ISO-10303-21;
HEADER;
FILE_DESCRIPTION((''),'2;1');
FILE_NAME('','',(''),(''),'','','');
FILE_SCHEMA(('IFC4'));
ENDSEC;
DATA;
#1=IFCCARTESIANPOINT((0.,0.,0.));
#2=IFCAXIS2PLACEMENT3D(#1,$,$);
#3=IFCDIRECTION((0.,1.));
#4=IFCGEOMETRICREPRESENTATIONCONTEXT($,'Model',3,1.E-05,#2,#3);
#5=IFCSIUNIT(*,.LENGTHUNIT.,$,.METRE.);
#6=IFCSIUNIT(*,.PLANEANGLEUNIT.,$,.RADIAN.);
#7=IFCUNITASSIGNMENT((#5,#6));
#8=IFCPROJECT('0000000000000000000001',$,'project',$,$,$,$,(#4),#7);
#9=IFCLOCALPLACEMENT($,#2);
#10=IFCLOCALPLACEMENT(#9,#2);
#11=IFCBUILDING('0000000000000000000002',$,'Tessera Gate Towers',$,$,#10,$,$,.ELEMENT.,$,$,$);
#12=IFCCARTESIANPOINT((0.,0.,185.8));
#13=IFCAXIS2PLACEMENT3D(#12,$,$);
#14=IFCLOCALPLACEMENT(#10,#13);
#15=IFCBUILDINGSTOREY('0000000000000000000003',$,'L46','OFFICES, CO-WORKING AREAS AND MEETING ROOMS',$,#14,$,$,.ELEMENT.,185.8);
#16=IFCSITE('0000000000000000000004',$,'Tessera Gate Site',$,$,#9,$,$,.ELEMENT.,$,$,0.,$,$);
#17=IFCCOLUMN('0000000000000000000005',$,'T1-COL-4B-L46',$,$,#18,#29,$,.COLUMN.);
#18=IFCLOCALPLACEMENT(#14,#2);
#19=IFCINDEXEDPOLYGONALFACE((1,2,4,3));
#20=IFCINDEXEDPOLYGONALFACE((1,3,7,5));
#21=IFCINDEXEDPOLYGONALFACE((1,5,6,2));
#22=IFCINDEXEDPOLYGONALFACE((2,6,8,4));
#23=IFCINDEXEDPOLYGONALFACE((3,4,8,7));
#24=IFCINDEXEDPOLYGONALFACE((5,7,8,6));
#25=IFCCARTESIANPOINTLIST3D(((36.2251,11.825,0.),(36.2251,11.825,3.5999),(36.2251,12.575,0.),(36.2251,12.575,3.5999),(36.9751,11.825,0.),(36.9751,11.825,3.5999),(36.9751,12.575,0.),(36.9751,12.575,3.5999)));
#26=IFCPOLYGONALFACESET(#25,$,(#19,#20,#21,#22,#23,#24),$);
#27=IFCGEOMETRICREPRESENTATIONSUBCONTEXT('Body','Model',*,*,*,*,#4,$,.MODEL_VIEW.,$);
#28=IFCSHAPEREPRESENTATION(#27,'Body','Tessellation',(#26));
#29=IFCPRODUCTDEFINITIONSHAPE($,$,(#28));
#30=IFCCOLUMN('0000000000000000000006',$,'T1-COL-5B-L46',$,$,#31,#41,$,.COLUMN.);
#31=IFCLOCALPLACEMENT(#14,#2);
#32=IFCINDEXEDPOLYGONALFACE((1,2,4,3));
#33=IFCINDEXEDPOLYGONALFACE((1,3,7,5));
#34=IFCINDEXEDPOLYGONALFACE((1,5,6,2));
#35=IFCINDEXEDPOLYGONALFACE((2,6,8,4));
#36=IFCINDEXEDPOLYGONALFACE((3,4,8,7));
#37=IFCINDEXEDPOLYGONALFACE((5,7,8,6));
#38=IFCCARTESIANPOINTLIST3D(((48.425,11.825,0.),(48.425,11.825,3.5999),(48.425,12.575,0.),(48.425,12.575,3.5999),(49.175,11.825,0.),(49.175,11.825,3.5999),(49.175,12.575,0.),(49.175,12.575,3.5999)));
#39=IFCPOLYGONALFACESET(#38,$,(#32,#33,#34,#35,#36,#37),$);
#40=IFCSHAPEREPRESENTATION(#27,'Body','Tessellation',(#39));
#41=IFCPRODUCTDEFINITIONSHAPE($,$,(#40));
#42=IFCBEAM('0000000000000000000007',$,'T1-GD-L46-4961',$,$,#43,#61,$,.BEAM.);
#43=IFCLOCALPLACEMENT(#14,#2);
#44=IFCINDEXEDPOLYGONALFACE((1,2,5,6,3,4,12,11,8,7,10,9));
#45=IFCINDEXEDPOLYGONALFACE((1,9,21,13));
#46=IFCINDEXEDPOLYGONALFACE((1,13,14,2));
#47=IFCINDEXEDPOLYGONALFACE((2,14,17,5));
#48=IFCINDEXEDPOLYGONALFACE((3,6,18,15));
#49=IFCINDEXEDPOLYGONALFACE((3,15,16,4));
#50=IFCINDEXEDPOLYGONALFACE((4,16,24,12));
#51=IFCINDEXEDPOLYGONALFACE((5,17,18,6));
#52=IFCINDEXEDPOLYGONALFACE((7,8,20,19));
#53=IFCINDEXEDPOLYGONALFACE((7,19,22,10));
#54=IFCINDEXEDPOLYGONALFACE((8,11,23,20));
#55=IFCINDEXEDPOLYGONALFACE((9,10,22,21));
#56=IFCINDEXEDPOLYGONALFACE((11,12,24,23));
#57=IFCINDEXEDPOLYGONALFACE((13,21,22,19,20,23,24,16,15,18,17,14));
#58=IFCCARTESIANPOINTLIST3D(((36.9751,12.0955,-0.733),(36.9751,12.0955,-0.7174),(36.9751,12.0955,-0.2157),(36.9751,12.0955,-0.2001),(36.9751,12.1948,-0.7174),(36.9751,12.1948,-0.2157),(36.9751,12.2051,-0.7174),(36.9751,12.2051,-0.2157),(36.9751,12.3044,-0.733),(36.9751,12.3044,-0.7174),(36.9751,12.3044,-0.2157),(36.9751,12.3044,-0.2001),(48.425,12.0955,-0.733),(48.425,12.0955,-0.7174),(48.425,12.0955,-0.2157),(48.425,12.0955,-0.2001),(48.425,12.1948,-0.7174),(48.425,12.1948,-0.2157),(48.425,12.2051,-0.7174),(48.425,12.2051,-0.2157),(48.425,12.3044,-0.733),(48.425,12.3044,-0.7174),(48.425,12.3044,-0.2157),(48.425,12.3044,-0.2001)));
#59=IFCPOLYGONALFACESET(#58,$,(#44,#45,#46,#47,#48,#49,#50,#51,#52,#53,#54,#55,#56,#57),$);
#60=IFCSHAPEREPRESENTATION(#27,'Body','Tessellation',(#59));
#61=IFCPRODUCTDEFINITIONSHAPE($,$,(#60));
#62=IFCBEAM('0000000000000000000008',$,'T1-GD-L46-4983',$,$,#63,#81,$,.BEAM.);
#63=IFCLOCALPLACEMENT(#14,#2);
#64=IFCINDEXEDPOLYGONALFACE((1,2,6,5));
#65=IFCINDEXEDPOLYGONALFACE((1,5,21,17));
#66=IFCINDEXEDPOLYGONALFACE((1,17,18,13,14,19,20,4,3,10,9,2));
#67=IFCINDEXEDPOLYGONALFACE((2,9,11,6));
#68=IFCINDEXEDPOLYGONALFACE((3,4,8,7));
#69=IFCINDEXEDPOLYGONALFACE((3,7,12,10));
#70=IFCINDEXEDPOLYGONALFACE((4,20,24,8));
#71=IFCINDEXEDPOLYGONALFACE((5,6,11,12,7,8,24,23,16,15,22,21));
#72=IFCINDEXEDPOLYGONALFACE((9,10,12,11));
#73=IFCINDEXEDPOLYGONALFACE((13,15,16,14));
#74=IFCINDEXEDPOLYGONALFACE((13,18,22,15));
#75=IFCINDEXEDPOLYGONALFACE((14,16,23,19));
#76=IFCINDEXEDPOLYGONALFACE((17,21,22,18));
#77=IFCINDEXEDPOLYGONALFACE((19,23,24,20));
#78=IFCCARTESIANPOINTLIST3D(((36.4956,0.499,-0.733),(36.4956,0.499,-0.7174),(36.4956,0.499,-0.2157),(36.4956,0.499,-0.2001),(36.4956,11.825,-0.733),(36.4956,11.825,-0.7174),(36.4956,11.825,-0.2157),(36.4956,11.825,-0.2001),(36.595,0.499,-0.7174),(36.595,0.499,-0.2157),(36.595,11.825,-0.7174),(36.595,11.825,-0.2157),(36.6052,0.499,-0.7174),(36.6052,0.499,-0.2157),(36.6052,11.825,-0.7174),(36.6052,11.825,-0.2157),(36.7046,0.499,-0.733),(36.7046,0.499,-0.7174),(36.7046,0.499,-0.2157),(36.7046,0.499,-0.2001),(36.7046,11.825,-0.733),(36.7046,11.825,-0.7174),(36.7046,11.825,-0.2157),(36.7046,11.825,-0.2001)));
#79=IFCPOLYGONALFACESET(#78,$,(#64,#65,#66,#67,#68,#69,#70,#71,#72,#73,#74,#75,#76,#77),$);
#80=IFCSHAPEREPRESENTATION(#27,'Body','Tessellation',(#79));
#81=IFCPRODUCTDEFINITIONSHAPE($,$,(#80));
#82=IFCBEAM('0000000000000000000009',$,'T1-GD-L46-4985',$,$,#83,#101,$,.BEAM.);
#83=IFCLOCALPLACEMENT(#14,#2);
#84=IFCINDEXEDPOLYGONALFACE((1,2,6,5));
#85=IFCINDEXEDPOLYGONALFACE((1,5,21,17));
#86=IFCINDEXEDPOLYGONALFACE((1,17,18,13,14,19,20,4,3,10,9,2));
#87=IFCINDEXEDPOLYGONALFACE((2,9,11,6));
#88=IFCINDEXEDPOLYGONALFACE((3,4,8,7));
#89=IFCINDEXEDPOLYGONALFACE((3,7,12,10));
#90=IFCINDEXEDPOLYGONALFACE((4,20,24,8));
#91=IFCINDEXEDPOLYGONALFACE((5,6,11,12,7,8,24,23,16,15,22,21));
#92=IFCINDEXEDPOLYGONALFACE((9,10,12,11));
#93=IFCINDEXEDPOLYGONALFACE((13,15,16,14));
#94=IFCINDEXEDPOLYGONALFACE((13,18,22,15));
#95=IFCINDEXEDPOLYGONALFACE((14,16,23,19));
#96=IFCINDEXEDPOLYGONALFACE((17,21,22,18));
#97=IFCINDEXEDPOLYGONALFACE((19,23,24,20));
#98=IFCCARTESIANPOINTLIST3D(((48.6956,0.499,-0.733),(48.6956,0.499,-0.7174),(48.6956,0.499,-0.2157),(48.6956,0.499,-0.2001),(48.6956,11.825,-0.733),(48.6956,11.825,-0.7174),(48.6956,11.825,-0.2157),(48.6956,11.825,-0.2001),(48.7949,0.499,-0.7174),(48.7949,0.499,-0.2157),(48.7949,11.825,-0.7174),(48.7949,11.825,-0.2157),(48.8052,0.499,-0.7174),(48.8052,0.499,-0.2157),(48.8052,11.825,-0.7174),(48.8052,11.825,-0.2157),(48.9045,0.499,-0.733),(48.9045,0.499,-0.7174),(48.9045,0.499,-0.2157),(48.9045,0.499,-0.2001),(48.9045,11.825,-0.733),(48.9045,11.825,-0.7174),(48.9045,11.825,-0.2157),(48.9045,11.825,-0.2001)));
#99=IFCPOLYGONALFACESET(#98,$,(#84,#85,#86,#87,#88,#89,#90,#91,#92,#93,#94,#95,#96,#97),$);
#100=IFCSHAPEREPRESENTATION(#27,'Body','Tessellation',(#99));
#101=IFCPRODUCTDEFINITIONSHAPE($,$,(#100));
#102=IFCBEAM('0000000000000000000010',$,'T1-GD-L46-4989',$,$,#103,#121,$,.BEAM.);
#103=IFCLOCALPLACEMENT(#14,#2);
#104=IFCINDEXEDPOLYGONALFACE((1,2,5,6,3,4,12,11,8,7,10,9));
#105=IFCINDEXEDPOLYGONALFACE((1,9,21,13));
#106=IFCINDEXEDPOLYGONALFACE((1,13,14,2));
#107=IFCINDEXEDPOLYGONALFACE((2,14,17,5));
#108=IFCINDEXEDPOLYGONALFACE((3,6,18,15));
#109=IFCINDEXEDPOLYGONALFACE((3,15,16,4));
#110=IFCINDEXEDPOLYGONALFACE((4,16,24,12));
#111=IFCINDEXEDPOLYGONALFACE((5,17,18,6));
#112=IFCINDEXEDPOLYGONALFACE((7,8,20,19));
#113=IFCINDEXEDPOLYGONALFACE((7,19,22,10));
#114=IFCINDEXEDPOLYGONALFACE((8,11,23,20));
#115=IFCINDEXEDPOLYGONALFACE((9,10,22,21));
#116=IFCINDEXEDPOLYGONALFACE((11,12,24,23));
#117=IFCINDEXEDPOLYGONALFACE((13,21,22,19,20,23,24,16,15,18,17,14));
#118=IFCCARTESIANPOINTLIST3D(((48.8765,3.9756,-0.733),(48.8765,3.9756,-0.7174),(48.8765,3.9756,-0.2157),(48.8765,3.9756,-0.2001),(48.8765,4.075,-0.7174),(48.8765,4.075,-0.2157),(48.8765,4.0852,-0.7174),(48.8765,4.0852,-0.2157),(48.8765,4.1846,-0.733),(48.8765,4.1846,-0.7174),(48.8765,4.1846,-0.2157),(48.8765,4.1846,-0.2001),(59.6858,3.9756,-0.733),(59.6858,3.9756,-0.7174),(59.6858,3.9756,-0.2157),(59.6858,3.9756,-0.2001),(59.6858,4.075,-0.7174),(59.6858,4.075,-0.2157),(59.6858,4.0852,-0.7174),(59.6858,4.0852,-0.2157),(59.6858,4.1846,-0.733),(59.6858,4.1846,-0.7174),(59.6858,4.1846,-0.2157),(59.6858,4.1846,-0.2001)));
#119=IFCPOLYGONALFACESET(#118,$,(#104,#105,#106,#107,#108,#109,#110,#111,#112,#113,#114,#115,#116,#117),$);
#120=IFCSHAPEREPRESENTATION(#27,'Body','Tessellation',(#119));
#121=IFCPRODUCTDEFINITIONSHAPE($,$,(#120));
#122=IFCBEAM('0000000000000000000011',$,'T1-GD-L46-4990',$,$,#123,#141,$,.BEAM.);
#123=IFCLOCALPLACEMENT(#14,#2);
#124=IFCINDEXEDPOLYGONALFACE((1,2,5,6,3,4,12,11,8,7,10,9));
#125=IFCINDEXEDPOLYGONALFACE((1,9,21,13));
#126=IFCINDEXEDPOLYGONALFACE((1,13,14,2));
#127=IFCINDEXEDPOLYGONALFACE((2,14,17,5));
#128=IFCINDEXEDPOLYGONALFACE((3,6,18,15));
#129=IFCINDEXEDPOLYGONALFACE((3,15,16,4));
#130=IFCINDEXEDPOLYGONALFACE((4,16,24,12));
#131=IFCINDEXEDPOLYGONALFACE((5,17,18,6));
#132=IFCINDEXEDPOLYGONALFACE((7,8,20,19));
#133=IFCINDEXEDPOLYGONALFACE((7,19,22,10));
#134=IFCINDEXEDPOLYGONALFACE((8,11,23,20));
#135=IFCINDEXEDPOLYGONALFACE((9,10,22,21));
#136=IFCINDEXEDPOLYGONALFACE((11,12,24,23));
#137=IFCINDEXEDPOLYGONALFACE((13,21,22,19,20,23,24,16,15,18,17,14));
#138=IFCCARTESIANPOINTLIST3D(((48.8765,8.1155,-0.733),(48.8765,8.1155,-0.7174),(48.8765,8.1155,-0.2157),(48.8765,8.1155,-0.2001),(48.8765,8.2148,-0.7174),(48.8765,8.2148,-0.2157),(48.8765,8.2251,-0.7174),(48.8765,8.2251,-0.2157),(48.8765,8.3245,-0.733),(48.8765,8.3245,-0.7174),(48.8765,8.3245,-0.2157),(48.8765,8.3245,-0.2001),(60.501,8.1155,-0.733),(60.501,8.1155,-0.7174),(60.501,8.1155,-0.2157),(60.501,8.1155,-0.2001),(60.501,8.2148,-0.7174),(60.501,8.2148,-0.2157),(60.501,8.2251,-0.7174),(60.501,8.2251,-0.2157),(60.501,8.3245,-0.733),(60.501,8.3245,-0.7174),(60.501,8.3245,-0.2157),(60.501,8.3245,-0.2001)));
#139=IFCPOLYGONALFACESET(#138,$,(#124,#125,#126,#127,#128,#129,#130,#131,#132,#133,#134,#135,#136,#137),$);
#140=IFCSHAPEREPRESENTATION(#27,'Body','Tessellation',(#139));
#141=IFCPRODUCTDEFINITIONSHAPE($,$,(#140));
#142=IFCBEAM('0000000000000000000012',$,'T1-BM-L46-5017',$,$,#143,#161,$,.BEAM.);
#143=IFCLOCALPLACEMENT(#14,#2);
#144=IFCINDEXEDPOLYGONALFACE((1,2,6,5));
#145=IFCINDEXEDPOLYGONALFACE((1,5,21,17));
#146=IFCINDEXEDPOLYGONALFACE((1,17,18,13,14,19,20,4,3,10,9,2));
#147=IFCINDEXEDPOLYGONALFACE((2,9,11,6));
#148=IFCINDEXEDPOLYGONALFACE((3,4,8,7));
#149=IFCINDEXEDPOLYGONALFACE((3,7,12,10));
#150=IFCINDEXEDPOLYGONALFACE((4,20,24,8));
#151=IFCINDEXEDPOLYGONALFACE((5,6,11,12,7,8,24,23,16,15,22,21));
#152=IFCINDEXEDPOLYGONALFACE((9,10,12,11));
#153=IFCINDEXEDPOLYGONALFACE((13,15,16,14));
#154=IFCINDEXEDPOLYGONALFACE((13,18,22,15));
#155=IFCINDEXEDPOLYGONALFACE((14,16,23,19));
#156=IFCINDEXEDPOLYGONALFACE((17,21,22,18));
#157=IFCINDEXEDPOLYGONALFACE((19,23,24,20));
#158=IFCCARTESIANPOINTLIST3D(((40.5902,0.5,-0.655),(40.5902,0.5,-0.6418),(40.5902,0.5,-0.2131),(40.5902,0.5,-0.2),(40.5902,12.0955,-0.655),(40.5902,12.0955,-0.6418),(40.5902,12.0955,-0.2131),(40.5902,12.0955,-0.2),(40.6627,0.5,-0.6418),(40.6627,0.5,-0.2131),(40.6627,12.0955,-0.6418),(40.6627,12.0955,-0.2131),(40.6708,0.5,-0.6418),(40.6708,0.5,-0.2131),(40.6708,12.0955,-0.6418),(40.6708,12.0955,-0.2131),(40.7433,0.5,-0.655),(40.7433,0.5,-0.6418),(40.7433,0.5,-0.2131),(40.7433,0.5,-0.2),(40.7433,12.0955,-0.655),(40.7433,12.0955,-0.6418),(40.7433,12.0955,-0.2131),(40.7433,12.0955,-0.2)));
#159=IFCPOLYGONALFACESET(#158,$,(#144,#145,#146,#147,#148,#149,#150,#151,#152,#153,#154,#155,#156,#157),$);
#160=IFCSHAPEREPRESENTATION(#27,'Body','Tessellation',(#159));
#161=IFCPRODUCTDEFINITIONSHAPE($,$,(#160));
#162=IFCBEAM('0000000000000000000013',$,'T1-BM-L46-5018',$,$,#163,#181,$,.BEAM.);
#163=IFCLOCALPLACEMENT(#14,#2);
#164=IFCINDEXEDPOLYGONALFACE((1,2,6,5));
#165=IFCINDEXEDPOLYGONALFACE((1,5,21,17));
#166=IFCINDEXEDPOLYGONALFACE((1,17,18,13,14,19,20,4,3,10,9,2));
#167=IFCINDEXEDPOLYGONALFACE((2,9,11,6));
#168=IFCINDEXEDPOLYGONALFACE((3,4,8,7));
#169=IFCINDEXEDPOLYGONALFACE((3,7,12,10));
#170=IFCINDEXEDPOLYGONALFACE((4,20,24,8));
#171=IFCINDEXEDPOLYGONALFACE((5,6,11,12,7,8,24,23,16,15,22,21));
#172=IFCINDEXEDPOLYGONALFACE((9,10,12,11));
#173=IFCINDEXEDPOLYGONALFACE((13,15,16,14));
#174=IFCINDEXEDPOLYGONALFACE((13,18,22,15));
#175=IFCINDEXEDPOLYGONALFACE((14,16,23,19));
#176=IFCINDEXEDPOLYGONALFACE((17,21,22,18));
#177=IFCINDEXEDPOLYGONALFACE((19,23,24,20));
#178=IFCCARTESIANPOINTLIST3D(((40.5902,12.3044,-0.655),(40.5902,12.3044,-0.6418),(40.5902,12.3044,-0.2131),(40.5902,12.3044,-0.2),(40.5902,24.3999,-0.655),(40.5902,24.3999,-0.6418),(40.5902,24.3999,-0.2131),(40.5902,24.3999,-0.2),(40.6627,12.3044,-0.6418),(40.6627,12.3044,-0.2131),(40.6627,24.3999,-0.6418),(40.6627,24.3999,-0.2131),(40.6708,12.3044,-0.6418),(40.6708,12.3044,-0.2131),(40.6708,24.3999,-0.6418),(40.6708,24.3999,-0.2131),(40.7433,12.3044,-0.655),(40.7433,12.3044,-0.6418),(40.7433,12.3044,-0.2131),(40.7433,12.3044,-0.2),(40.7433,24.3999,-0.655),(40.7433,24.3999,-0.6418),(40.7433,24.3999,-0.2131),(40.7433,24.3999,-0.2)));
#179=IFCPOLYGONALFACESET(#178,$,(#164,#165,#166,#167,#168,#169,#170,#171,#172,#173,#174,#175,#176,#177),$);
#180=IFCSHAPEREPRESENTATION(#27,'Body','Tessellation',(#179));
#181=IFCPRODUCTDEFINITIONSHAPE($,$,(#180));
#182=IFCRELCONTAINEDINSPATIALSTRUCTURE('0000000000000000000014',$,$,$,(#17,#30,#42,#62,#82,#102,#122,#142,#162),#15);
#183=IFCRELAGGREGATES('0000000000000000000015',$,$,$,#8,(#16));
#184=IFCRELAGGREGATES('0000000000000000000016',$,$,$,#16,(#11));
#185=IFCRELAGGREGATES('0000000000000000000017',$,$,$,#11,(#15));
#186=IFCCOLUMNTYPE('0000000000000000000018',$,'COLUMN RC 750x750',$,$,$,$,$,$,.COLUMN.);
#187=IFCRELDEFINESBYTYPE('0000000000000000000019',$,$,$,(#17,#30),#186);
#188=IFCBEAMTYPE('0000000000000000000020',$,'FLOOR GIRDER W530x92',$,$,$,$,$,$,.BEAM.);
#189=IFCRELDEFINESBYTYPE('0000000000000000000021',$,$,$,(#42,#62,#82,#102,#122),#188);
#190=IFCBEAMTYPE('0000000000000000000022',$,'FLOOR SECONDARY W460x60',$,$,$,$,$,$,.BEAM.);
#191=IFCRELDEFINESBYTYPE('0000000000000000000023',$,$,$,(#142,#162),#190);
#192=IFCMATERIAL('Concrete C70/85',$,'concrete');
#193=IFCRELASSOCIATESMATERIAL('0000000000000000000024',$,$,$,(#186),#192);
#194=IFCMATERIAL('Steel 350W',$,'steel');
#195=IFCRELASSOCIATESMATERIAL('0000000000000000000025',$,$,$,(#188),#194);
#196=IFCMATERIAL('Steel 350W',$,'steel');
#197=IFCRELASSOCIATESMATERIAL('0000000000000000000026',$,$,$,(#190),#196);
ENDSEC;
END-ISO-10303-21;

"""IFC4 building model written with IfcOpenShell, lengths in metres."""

from ifc_helpers import new_model, si_unit, direction, frame, origin, origin_2d, place, context, subcontext, project, spatial, rectangle, i_section, extrude, material, material_profile, profile_set, type_object, element, save


model = new_model("IFC4")

# Units and contexts
model_context = context("Model", 3, precision=1e-05, world=origin(), true_north=direction((0.0, 1.0)))
body_context = subcontext(model_context, "Body", "Model", "MODEL_VIEW")
ifc_project = project(units=[si_unit("LENGTHUNIT", "METRE"), si_unit("PLANEANGLEUNIT", "RADIAN")], contexts=[model_context])

# Site, building, storey
site_placement = place(None, origin())
site = spatial("IfcSite", under=ifc_project, at=site_placement, Name="Tessera Gate Site", CompositionType="ELEMENT", RefElevation=0.0)
building_placement = place(site_placement, origin())
building = spatial("IfcBuilding", under=site, at=building_placement, Name="Tessera Gate Towers", CompositionType="ELEMENT")
storey_placement = place(building_placement, frame((0.0, 0.0, 185.8)))
storey = spatial("IfcBuildingStorey", under=building, at=storey_placement, Name="L46", Description="OFFICES, CO-WORKING AREAS AND MEETING ROOMS", CompositionType="ELEMENT", Elevation=185.8)

# Columns
ifc_material_1 = material(Name="Concrete C70/85", Category="concrete")
ifc_material_profile_1 = material_profile(ifc_material_1, rectangle(XDim=0.75, YDim=0.75, at=origin_2d()), Name="RC 750x750")
ifc_profile_set_1 = profile_set([ifc_material_profile_1], Name="Concrete C70/85")
column_type = type_object("IfcColumnType", Name="COLUMN RC 750x750", PredefinedType="COLUMN", material=ifc_profile_set_1)
for number, where, z_axis, x_axis, name in (
    (1, (36.6001, 12.2, 0.0), (0.0, 0.0, 1.0), (1.0, 0.0, 0.0), "T1-COL-4B-L46"),
    (2, (48.8, 12.2, 0.0), (0.0, 0.0, 1.0), (1.0, 0.0, 0.0), "T1-COL-5B-L46"),
):
    element("IfcColumn", number, at=place(storey_placement, frame(where, z_axis=z_axis, x_axis=x_axis)), inside=storey, type_object=column_type, Name=name, PredefinedType="COLUMN", context=body_context, shape_type="SweptSolid", body=[
        extrude(rectangle(XDim=0.75, YDim=0.75, at=origin_2d()), origin(), (0.0, 0.0, 1.0), 3.5999),
    ])

# Beams
ifc_material_2 = material(Name="Steel 350W", Category="steel")
ifc_material_profile_2 = material_profile(ifc_material_2, i_section(OverallWidth=0.209, OverallDepth=0.533, WebThickness=0.0103, FlangeThickness=0.0156, at=origin_2d()), Name="W530x92")
ifc_profile_set_2 = profile_set([ifc_material_profile_2], Name="Steel 350W")
beam_type_1 = type_object("IfcBeamType", Name="FLOOR GIRDER W530x92", PredefinedType="BEAM", material=ifc_profile_set_2)
beam_1_placement = place(storey_placement, frame((36.9751, 12.2, -0.4666), z_axis=(1.0, 0.0, 0.0), x_axis=(0.0, 1.0, 0.0)))
element("IfcBeam", 3, at=beam_1_placement, inside=storey, type_object=beam_type_1, Name="T1-GD-L46-4961", PredefinedType="BEAM", context=body_context, shape_type="SweptSolid", body=[
    extrude(i_section(OverallWidth=0.209, OverallDepth=0.533, WebThickness=0.0103, FlangeThickness=0.0156, at=origin_2d()), origin(), (0.0, 0.0, 1.0), 11.45),
])
for number, where, z_axis, x_axis, name in (
    (4, (36.6001, 0.499, -0.4666), (0.0, 1.0, 0.0), (-1.0, 0.0, 0.0), "T1-GD-L46-4983"),
    (5, (48.8, 0.499, -0.4666), (0.0, 1.0, 0.0), (-1.0, 0.0, 0.0), "T1-GD-L46-4985"),
):
    element("IfcBeam", number, at=place(storey_placement, frame(where, z_axis=z_axis, x_axis=x_axis)), inside=storey, type_object=beam_type_1, Name=name, PredefinedType="BEAM", context=body_context, shape_type="SweptSolid", body=[
        extrude(i_section(OverallWidth=0.209, OverallDepth=0.533, WebThickness=0.0103, FlangeThickness=0.0156, at=origin_2d()), origin(), (0.0, 0.0, 1.0), 11.3259),
    ])
beam_2_placement = place(storey_placement, frame((48.8765, 4.0801, -0.4666), z_axis=(1.0, 0.0, 0.0), x_axis=(0.0, 1.0, 0.0)))
element("IfcBeam", 6, at=beam_2_placement, inside=storey, type_object=beam_type_1, Name="T1-GD-L46-4989", PredefinedType="BEAM", context=body_context, shape_type="SweptSolid", body=[
    extrude(i_section(OverallWidth=0.209, OverallDepth=0.533, WebThickness=0.0103, FlangeThickness=0.0156, at=origin_2d()), origin(), (0.0, 0.0, 1.0), 10.8093),
])
beam_3_placement = place(storey_placement, frame((48.8765, 8.22, -0.4666), z_axis=(1.0, 0.0, 0.0), x_axis=(0.0, 1.0, 0.0)))
element("IfcBeam", 7, at=beam_3_placement, inside=storey, type_object=beam_type_1, Name="T1-GD-L46-4990", PredefinedType="BEAM", context=body_context, shape_type="SweptSolid", body=[
    extrude(i_section(OverallWidth=0.209, OverallDepth=0.533, WebThickness=0.0103, FlangeThickness=0.0156, at=origin_2d()), origin(), (0.0, 0.0, 1.0), 11.6245),
])
ifc_material_3 = material(Name="Steel 350W", Category="steel")
ifc_material_profile_3 = material_profile(ifc_material_3, i_section(OverallWidth=0.1531, OverallDepth=0.4551, WebThickness=0.0081, FlangeThickness=0.0132, at=origin_2d()), Name="W460x60")
ifc_profile_set_3 = profile_set([ifc_material_profile_3], Name="Steel 350W")
beam_type_2 = type_object("IfcBeamType", Name="FLOOR SECONDARY W460x60", PredefinedType="BEAM", material=ifc_profile_set_3)
beam_4_placement = place(storey_placement, frame((40.6667, 0.5, -0.4275), z_axis=(0.0, 1.0, 0.0), x_axis=(-1.0, 0.0, 0.0)))
element("IfcBeam", 8, at=beam_4_placement, inside=storey, type_object=beam_type_2, Name="T1-BM-L46-5017", PredefinedType="BEAM", context=body_context, shape_type="SweptSolid", body=[
    extrude(i_section(OverallWidth=0.1531, OverallDepth=0.4551, WebThickness=0.0081, FlangeThickness=0.0132, at=origin_2d()), origin(), (0.0, 0.0, 1.0), 11.5955),
])
beam_5_placement = place(storey_placement, frame((40.6667, 12.3044, -0.4275), z_axis=(0.0, 1.0, 0.0), x_axis=(-1.0, 0.0, 0.0)))
element("IfcBeam", 9, at=beam_5_placement, inside=storey, type_object=beam_type_2, Name="T1-BM-L46-5018", PredefinedType="BEAM", context=body_context, shape_type="SweptSolid", body=[
    extrude(i_section(OverallWidth=0.1531, OverallDepth=0.4551, WebThickness=0.0081, FlangeThickness=0.0132, at=origin_2d()), origin(), (0.0, 0.0, 1.0), 12.0955),
])

save(model, "model.ifc")
